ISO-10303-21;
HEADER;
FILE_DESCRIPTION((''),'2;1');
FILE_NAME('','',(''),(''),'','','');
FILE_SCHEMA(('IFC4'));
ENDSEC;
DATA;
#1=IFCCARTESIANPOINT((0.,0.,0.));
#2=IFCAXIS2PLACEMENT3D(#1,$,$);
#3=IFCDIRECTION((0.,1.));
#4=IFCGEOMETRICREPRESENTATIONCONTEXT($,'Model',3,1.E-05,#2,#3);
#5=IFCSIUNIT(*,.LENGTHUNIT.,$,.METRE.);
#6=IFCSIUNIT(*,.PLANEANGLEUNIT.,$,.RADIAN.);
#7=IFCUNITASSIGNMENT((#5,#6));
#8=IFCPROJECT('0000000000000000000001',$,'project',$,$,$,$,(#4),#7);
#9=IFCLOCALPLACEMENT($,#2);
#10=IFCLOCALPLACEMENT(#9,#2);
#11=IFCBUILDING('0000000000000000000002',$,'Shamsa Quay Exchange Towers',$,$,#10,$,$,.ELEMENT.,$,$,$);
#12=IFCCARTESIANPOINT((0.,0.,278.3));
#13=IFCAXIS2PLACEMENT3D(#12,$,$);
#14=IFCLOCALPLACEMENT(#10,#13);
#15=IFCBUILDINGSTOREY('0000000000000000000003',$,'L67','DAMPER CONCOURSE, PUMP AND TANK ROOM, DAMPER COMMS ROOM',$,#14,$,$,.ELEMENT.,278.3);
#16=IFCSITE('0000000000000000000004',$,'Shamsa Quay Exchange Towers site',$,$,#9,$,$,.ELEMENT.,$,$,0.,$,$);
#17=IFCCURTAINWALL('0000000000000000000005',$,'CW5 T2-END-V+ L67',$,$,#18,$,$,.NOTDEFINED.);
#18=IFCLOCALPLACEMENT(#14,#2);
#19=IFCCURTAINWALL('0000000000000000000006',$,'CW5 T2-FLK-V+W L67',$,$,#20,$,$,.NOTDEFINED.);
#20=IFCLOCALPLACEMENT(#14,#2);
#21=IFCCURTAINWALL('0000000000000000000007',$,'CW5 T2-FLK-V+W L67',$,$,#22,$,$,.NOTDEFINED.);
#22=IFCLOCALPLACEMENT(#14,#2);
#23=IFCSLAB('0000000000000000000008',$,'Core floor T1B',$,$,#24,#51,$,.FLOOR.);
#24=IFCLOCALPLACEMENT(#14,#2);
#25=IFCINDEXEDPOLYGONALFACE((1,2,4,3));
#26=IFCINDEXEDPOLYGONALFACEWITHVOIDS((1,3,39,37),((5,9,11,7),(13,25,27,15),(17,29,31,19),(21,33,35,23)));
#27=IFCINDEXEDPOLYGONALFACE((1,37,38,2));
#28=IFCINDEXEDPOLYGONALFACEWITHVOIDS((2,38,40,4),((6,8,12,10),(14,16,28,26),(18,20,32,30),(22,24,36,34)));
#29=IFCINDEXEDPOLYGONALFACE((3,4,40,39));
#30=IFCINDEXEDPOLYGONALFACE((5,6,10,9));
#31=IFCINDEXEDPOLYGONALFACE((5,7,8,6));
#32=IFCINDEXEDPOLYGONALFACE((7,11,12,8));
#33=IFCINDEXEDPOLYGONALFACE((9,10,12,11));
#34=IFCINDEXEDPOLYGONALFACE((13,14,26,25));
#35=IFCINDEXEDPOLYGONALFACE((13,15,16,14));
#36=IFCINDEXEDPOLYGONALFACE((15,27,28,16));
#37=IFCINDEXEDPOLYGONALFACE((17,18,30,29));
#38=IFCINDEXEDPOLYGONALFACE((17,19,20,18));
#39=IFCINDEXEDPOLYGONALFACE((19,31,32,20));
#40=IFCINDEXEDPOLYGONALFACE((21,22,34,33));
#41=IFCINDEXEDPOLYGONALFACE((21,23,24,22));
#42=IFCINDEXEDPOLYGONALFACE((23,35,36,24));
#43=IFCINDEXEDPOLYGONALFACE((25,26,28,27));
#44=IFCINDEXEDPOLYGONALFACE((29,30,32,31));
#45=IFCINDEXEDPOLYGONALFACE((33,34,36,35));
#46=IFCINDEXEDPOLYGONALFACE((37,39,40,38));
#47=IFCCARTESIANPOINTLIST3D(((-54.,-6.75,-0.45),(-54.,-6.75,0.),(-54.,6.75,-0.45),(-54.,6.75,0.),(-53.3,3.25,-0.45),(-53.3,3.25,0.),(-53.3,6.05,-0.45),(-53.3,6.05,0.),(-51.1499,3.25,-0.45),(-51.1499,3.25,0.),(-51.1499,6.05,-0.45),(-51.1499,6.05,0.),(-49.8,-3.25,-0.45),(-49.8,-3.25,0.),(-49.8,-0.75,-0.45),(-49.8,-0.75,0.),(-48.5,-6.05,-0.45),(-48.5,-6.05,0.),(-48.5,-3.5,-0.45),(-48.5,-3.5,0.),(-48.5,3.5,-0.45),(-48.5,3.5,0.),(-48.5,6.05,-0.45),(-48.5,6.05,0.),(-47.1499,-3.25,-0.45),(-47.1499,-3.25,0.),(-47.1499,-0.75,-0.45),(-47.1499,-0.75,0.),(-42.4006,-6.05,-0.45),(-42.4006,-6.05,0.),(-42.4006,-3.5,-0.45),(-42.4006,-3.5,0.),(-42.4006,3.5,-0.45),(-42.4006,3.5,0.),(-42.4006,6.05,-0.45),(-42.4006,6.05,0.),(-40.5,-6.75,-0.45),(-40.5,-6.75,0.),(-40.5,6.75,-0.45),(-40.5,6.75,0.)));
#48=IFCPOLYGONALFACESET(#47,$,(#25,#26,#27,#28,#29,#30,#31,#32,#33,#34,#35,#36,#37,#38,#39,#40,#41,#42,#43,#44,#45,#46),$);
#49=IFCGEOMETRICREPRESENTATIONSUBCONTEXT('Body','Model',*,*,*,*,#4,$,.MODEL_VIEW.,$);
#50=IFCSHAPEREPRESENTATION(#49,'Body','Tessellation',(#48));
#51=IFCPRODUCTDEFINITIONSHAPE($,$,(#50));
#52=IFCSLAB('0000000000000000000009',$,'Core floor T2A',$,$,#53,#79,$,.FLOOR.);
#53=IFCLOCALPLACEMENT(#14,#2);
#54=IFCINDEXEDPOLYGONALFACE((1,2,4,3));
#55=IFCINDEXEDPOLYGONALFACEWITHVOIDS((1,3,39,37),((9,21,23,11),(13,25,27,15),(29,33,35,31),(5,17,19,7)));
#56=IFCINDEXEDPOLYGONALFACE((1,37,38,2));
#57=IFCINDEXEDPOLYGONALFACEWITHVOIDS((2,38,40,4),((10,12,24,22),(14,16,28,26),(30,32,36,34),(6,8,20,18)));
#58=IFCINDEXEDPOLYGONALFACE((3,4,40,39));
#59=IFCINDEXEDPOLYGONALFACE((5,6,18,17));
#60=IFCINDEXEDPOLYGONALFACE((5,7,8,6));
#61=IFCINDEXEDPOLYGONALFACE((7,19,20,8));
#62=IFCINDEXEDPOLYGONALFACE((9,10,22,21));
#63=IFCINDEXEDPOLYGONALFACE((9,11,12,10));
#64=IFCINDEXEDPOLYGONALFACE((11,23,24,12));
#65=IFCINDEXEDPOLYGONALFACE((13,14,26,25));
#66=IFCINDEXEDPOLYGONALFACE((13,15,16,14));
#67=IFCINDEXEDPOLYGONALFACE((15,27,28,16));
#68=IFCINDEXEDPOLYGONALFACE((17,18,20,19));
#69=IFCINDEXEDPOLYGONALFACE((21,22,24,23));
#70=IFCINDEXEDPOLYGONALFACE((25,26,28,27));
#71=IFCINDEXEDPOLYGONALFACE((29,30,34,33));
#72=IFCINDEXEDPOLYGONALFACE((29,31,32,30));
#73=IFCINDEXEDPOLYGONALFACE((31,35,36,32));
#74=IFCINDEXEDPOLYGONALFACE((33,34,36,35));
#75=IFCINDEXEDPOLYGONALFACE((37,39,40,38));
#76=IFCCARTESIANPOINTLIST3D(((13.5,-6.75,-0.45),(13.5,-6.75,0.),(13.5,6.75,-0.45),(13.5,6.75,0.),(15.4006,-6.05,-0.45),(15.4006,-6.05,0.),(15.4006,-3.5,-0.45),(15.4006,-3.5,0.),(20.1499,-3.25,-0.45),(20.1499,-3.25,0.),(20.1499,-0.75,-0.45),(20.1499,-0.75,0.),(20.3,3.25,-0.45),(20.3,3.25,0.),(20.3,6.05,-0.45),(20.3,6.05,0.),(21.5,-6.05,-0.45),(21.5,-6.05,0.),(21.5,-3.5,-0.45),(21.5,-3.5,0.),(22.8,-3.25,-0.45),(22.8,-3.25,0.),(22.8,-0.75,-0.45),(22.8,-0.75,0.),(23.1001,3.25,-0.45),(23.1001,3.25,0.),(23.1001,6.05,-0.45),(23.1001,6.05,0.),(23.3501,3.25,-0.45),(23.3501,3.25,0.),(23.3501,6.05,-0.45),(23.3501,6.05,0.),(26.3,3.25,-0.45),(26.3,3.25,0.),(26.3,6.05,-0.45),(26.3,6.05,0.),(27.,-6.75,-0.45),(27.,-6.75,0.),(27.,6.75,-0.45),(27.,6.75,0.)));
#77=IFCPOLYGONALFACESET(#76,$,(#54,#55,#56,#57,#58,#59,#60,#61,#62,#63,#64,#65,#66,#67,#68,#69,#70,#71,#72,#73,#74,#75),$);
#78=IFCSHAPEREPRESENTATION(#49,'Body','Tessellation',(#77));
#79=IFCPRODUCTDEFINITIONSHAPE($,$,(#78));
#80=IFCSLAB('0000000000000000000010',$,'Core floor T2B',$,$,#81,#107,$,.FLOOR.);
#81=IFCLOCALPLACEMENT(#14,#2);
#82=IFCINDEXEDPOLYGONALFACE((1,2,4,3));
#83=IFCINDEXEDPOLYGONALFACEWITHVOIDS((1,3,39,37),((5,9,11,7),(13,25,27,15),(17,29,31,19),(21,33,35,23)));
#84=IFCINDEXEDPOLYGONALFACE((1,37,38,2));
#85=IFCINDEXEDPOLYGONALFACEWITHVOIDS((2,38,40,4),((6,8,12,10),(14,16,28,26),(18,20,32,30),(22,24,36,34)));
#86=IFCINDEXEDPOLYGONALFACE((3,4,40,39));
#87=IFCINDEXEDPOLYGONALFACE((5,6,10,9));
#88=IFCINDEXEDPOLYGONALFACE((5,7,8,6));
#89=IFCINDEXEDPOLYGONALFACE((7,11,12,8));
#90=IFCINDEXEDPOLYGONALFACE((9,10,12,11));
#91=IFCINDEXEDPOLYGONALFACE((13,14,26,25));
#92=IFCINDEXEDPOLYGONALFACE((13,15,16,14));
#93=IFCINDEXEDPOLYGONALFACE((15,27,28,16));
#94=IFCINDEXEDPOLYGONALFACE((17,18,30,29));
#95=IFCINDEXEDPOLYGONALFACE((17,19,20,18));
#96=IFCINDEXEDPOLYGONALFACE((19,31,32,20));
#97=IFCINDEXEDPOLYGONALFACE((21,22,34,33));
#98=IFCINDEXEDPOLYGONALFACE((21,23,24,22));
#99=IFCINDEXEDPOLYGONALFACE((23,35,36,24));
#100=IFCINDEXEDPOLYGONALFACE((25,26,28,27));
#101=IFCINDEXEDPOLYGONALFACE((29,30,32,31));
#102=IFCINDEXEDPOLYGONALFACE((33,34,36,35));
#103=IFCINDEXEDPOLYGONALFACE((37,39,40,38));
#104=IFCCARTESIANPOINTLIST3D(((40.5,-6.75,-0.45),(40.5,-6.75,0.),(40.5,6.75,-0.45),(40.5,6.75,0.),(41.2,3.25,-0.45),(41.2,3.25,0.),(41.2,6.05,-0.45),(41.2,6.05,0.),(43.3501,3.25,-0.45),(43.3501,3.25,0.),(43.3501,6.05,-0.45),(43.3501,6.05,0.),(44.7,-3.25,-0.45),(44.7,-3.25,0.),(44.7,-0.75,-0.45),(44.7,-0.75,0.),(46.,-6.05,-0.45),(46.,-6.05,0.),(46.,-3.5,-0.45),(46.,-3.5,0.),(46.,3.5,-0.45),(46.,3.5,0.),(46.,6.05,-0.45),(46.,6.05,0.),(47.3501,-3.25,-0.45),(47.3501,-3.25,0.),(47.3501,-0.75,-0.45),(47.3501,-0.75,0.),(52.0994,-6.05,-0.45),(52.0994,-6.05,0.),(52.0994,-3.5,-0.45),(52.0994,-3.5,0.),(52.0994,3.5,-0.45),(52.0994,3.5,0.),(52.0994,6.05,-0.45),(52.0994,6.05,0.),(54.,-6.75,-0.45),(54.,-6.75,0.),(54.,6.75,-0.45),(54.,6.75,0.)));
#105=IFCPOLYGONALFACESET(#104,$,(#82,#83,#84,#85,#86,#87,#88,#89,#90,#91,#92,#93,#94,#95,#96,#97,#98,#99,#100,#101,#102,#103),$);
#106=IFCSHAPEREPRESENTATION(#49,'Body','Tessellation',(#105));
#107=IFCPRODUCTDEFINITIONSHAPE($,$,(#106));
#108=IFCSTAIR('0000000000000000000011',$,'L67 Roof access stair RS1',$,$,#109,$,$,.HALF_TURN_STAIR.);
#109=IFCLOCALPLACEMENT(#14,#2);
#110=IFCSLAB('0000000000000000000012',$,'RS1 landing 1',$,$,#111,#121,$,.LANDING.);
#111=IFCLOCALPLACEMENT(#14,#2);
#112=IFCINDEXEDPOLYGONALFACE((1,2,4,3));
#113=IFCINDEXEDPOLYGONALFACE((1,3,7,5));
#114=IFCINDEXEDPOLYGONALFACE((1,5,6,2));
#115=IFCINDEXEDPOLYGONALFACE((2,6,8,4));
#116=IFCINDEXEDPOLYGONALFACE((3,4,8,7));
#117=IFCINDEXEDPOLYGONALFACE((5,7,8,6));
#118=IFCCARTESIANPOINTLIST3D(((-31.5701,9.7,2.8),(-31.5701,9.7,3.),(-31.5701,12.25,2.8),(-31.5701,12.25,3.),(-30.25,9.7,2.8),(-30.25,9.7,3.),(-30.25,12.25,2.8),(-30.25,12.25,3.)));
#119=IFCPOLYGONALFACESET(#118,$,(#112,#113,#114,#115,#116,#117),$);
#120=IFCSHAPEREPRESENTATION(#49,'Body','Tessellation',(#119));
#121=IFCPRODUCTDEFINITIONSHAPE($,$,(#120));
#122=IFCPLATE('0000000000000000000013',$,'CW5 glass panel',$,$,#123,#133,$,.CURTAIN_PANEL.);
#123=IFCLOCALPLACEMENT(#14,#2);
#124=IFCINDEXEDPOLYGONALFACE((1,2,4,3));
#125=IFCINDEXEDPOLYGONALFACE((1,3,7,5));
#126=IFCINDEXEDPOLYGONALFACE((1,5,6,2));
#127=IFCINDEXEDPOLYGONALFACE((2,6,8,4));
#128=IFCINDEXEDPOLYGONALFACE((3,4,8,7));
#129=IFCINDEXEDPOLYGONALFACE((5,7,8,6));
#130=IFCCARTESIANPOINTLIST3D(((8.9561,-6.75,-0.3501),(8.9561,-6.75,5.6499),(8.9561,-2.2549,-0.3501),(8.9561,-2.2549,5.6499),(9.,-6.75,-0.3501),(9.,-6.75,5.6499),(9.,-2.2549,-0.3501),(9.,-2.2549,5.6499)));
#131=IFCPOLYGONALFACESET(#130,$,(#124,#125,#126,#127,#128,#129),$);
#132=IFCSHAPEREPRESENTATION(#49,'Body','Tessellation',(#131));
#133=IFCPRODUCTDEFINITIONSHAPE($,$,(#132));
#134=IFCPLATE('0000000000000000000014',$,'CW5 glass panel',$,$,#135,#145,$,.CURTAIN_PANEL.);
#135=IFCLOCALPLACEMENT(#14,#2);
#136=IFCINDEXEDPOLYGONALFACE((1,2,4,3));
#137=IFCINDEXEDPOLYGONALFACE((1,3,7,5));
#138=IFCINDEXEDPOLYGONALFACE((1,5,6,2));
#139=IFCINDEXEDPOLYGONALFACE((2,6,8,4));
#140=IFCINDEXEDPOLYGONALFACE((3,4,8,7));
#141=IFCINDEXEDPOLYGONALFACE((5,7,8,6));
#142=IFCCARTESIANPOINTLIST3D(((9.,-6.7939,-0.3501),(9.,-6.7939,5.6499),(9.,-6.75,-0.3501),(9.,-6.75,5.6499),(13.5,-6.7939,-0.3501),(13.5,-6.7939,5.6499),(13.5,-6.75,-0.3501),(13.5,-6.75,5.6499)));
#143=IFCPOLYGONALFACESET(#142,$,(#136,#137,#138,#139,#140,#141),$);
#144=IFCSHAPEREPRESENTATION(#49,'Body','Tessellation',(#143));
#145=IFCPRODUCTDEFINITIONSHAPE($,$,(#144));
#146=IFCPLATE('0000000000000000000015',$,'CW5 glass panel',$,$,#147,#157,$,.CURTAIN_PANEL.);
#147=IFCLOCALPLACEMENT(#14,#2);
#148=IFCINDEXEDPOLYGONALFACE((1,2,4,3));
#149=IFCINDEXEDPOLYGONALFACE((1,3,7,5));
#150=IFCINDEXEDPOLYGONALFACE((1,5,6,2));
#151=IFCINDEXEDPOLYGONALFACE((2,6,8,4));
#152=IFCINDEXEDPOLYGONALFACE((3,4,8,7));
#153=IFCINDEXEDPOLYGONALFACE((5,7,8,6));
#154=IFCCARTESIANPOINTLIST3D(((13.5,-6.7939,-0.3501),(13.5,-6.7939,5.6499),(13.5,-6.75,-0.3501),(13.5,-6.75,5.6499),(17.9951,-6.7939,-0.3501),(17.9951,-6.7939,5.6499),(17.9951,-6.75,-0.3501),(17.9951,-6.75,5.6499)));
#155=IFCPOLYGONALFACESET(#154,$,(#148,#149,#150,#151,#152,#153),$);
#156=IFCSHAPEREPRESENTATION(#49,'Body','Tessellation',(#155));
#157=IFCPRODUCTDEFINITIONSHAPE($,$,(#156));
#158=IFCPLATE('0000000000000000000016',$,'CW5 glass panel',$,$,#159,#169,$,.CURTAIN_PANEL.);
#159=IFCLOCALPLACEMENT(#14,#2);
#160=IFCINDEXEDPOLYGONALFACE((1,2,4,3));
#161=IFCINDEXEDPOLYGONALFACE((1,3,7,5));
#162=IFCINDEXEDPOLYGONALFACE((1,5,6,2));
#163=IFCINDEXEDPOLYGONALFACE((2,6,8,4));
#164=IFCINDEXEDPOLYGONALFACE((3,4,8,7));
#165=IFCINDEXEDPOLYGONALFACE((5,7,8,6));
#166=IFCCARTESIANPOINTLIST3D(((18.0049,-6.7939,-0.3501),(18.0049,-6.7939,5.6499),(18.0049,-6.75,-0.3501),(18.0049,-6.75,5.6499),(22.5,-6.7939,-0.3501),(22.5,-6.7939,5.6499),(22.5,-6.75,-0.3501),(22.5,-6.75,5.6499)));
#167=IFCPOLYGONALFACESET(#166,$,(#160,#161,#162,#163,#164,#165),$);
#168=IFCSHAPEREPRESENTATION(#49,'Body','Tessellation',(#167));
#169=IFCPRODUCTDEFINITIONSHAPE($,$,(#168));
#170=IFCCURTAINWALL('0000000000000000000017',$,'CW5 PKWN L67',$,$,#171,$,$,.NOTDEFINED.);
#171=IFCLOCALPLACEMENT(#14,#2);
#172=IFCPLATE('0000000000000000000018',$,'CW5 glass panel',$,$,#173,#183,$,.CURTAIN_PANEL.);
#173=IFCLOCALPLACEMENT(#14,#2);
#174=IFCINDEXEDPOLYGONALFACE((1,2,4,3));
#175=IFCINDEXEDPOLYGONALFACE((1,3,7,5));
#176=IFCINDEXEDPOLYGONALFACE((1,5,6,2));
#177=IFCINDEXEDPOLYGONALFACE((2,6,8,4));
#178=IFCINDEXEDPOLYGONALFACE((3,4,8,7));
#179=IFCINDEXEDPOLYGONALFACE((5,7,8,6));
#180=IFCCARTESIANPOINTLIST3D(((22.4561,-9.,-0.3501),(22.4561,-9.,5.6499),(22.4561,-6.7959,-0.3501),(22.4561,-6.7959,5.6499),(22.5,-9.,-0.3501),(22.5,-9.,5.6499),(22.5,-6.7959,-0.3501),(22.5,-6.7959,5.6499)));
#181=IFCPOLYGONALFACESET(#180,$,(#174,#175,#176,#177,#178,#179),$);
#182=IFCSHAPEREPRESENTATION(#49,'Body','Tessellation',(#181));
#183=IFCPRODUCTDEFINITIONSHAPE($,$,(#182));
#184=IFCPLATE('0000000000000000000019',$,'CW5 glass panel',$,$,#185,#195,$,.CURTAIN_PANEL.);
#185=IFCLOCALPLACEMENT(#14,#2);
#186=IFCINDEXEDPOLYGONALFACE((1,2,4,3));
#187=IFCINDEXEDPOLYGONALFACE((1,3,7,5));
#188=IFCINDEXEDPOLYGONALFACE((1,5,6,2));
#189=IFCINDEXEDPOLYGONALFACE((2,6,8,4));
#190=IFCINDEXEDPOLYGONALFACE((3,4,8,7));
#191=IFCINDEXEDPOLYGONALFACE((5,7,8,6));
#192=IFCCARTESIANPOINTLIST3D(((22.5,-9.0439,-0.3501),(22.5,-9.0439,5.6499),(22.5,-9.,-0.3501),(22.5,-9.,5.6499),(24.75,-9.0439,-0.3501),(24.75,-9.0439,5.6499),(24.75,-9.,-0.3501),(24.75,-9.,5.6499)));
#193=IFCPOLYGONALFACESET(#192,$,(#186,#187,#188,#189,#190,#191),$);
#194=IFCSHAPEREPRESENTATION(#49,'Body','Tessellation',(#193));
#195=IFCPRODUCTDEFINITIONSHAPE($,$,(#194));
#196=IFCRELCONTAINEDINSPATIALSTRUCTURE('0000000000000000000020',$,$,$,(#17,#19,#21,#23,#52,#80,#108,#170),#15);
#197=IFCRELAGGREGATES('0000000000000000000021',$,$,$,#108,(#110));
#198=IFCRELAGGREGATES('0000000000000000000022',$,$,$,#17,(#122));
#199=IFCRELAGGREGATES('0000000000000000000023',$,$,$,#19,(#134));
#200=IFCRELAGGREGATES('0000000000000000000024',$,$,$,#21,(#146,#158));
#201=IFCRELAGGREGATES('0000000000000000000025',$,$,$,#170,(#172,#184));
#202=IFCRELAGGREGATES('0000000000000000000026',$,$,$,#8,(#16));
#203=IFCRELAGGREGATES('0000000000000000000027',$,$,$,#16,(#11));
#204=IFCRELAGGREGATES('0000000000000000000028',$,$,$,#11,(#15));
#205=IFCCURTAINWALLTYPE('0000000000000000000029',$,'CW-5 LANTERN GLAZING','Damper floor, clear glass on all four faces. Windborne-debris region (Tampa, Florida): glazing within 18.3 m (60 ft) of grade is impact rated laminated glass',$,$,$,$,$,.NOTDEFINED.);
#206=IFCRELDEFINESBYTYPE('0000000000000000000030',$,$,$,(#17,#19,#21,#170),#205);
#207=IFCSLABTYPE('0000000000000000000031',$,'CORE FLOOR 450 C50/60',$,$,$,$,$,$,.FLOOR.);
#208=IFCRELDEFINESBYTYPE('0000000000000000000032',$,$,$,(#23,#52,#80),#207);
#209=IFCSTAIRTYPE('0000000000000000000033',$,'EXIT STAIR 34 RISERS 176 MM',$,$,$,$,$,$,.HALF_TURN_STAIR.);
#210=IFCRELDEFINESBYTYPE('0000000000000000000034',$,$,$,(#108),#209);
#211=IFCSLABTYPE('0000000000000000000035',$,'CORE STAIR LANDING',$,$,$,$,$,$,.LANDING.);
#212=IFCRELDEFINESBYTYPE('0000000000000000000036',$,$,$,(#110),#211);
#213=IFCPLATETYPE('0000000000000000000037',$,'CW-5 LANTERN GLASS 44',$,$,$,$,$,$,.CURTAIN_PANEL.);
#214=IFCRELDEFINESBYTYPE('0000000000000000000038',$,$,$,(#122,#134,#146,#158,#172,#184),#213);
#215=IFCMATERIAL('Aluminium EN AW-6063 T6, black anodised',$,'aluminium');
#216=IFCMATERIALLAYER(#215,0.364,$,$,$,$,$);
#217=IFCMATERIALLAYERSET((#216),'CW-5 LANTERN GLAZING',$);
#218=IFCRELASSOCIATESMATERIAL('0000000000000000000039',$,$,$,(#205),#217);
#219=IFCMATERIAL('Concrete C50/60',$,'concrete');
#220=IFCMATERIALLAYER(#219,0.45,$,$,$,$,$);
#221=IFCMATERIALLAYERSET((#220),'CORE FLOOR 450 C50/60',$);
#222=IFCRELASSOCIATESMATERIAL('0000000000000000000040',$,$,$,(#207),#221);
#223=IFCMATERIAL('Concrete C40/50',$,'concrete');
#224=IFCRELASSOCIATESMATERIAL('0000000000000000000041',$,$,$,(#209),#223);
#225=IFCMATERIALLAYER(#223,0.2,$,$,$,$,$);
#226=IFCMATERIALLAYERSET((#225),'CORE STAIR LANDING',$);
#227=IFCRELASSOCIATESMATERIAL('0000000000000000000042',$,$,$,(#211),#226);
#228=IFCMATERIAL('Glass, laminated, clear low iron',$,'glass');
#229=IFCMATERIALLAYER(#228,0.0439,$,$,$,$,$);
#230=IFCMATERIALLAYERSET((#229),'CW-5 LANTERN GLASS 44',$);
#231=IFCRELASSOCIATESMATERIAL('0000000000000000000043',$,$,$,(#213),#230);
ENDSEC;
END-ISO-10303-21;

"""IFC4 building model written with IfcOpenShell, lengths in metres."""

from ifc_helpers import new_model, si_unit, direction, frame, origin, origin_2d, place, context, subcontext, project, spatial, polyline, rectangle, outline, extrude, material, layer, layer_set, type_object, element, aggregate, save


model = new_model("IFC4")

# Units and contexts
model_context = context("Model", 3, precision=1e-05, world=origin(), true_north=direction((0.0, 1.0)))
body_context = subcontext(model_context, "Body", "Model", "MODEL_VIEW")
ifc_project = project(units=[si_unit("LENGTHUNIT", "METRE"), si_unit("PLANEANGLEUNIT", "RADIAN")], contexts=[model_context])

# Site, building, storey
site_placement = place(None, origin())
site = spatial("IfcSite", under=ifc_project, at=site_placement, Name="Shamsa Quay Exchange Towers site", CompositionType="ELEMENT", RefElevation=0.0)
building_placement = place(site_placement, origin())
building = spatial("IfcBuilding", under=site, at=building_placement, Name="Shamsa Quay Exchange Towers", CompositionType="ELEMENT")
storey_placement = place(building_placement, frame((0.0, 0.0, 278.3)))
storey = spatial("IfcBuildingStorey", under=building, at=storey_placement, Name="L67", Description="DAMPER CONCOURSE, PUMP AND TANK ROOM, DAMPER COMMS ROOM", CompositionType="ELEMENT", Elevation=278.3)

# Curtain walls
ifc_material_1 = material(Name="Aluminium EN AW-6063 T6, black anodised", Category="aluminium")
ifc_layer_1 = layer(ifc_material_1, 0.364)
ifc_layer_set_1 = layer_set([ifc_layer_1], Name="CW-5 LANTERN GLAZING")
curtain_wall_type = type_object("IfcCurtainWallType", Name="CW-5 LANTERN GLAZING", Description="Damper floor, clear glass on all four faces. Windborne-debris region (Tampa, Florida): glazing within 18.3 m (60 ft) of grade is impact rated laminated glass", PredefinedType="NOTDEFINED", material=ifc_layer_set_1)
curtain_wall_1_placement = place(storey_placement, origin())
curtain_wall_1 = element("IfcCurtainWall", 1, at=curtain_wall_1_placement, inside=storey, type_object=curtain_wall_type, Name="CW5 T2-END-V+ L67", PredefinedType="NOTDEFINED")
curtain_wall_2_placement = place(storey_placement, origin())
curtain_wall_2 = element("IfcCurtainWall", 2, at=curtain_wall_2_placement, inside=storey, type_object=curtain_wall_type, Name="CW5 T2-FLK-V+W L67", PredefinedType="NOTDEFINED")
curtain_wall_3_placement = place(storey_placement, origin())
curtain_wall_3 = element("IfcCurtainWall", 3, at=curtain_wall_3_placement, inside=storey, type_object=curtain_wall_type, Name="CW5 T2-FLK-V+W L67", PredefinedType="NOTDEFINED")

# Slabs
ifc_material_2 = material(Name="Concrete C50/60", Category="concrete")
ifc_layer_2 = layer(ifc_material_2, 0.45)
ifc_layer_set_2 = layer_set([ifc_layer_2], Name="CORE FLOOR 450 C50/60")
slab_type_1 = type_object("IfcSlabType", Name="CORE FLOOR 450 C50/60", PredefinedType="FLOOR", material=ifc_layer_set_2)
slab_1_placement = place(storey_placement, frame((0.0, 0.0, -0.45)))
element("IfcSlab", 4, at=slab_1_placement, inside=storey, type_object=slab_type_1, Name="Core floor T1B", PredefinedType="FLOOR", context=body_context, shape_type="SweptSolid", body=[
    extrude(outline(polyline([(-40.5, -6.75), (-40.5, 6.75), (-54.0, 6.75), (-54.0, -6.75), (-40.5, -6.75)]), holes=[polyline([(-42.4006, -3.5), (-42.4006, -6.05), (-48.5, -6.05), (-48.5, -3.5), (-42.4006, -3.5)]), polyline([(-42.4006, 6.05), (-42.4006, 3.5), (-48.5, 3.5), (-48.5, 6.05), (-42.4006, 6.05)]), polyline([(-51.1499, 3.25), (-53.3, 3.25), (-53.3, 6.05), (-51.1499, 6.05), (-51.1499, 3.25)]), polyline([(-47.1499, -3.25), (-49.8, -3.25), (-49.8, -0.75), (-47.1499, -0.75), (-47.1499, -3.25)])]), origin(), (0.0, 0.0, 1.0), 0.45),
])
slab_2_placement = place(storey_placement, frame((0.0, 0.0, -0.45)))
element("IfcSlab", 5, at=slab_2_placement, inside=storey, type_object=slab_type_1, Name="Core floor T2A", PredefinedType="FLOOR", context=body_context, shape_type="SweptSolid", body=[
    extrude(outline(polyline([(13.5, -6.75), (27.0, -6.75), (27.0, 6.75), (13.5, 6.75), (13.5, -6.75)]), holes=[polyline([(15.4006, -6.05), (15.4006, -3.5), (21.5, -3.5), (21.5, -6.05), (15.4006, -6.05)]), polyline([(20.3, 3.25), (20.3, 6.05), (23.1001, 6.05), (23.1001, 3.25), (20.3, 3.25)]), polyline([(23.3501, 3.25), (23.3501, 6.05), (26.3, 6.05), (26.3, 3.25), (23.3501, 3.25)]), polyline([(20.1499, -3.25), (20.1499, -0.75), (22.8, -0.75), (22.8, -3.25), (20.1499, -3.25)])]), origin(), (0.0, 0.0, 1.0), 0.45),
])
slab_3_placement = place(storey_placement, frame((0.0, 0.0, -0.45)))
element("IfcSlab", 6, at=slab_3_placement, inside=storey, type_object=slab_type_1, Name="Core floor T2B", PredefinedType="FLOOR", context=body_context, shape_type="SweptSolid", body=[
    extrude(outline(polyline([(54.0, -6.75), (54.0, 6.75), (40.5, 6.75), (40.5, -6.75), (54.0, -6.75)]), holes=[polyline([(52.0994, -3.5), (52.0994, -6.05), (46.0, -6.05), (46.0, -3.5), (52.0994, -3.5)]), polyline([(52.0994, 6.05), (52.0994, 3.5), (46.0, 3.5), (46.0, 6.05), (52.0994, 6.05)]), polyline([(43.3501, 3.25), (41.2, 3.25), (41.2, 6.05), (43.3501, 6.05), (43.3501, 3.25)]), polyline([(47.3501, -3.25), (44.7, -3.25), (44.7, -0.75), (47.3501, -0.75), (47.3501, -3.25)])]), origin(), (0.0, 0.0, 1.0), 0.45),
])

# Stair, slab
ifc_material_3 = material(Name="Concrete C40/50", Category="concrete")
stair_type = type_object("IfcStairType", Name="EXIT STAIR 34 RISERS 176 MM", PredefinedType="HALF_TURN_STAIR", material=ifc_material_3)
stair_placement = place(storey_placement, origin())
stair = element("IfcStair", 7, at=stair_placement, inside=storey, type_object=stair_type, Name="L67 Roof access stair RS1", PredefinedType="HALF_TURN_STAIR")
ifc_layer_3 = layer(ifc_material_3, 0.2)
ifc_layer_set_3 = layer_set([ifc_layer_3], Name="CORE STAIR LANDING")
slab_type_2 = type_object("IfcSlabType", Name="CORE STAIR LANDING", PredefinedType="LANDING", material=ifc_layer_set_3)
slab_4_placement = place(storey_placement, frame((0.0, 0.0, 2.8)))
slab_4 = element("IfcSlab", 8, at=slab_4_placement, type_object=slab_type_2, Name="RS1 landing 1", PredefinedType="LANDING", context=body_context, shape_type="SweptSolid", body=[
    extrude(outline(polyline([(-31.5701, 9.7), (-30.25, 9.7), (-30.25, 12.25), (-31.5701, 12.25), (-31.5701, 9.7)])), origin(), (0.0, 0.0, 1.0), 0.2),
])
aggregate(stair, [slab_4])

# Plates
ifc_material_4 = material(Name="Glass, laminated, clear low iron", Category="glass")
ifc_layer_4 = layer(ifc_material_4, 0.0439)
ifc_layer_set_4 = layer_set([ifc_layer_4], Name="CW-5 LANTERN GLASS 44")
plate_type = type_object("IfcPlateType", Name="CW-5 LANTERN GLASS 44", PredefinedType="CURTAIN_PANEL", material=ifc_layer_set_4)
plate_1_placement = place(storey_placement, frame((8.978, -4.5024, -0.3501), z_axis=(0.0, 0.0, 1.0), x_axis=(0.0, -1.0, 0.0)))
plate_1 = element("IfcPlate", 9, at=plate_1_placement, type_object=plate_type, Name="CW5 glass panel", PredefinedType="CURTAIN_PANEL", context=body_context, shape_type="SweptSolid", body=[
    extrude(rectangle(XDim=4.4951, YDim=0.0439, at=origin_2d()), origin(), (0.0, 0.0, 1.0), 6.0),
])
aggregate(curtain_wall_1, [plate_1])
plate_2_placement = place(storey_placement, frame((11.25, -6.772, -0.3501)))
plate_2 = element("IfcPlate", 10, at=plate_2_placement, type_object=plate_type, Name="CW5 glass panel", PredefinedType="CURTAIN_PANEL", context=body_context, shape_type="SweptSolid", body=[
    extrude(rectangle(XDim=4.5, YDim=0.0439, at=origin_2d()), origin(), (0.0, 0.0, 1.0), 6.0),
])
aggregate(curtain_wall_2, [plate_2])
plate_3_placement = place(storey_placement, frame((15.7476, -6.772, -0.3501)))
plate_3 = element("IfcPlate", 11, at=plate_3_placement, type_object=plate_type, Name="CW5 glass panel", PredefinedType="CURTAIN_PANEL", context=body_context, shape_type="SweptSolid", body=[
    extrude(rectangle(XDim=4.4951, YDim=0.0439, at=origin_2d()), origin(), (0.0, 0.0, 1.0), 6.0),
])
plate_4_placement = place(storey_placement, frame((20.2524, -6.772, -0.3501)))
plate_4 = element("IfcPlate", 12, at=plate_4_placement, type_object=plate_type, Name="CW5 glass panel", PredefinedType="CURTAIN_PANEL", context=body_context, shape_type="SweptSolid", body=[
    extrude(rectangle(XDim=4.4951, YDim=0.0439, at=origin_2d()), origin(), (0.0, 0.0, 1.0), 6.0),
])
aggregate(curtain_wall_3, [plate_3, plate_4])

# Curtain wall, plates
curtain_wall_4_placement = place(storey_placement, origin())
curtain_wall_4 = element("IfcCurtainWall", 13, at=curtain_wall_4_placement, inside=storey, type_object=curtain_wall_type, Name="CW5 PKWN L67", PredefinedType="NOTDEFINED")
plate_5_placement = place(storey_placement, frame((22.478, -7.8979, -0.3501), z_axis=(0.0, 0.0, 1.0), x_axis=(0.0, -1.0, 0.0)))
plate_5 = element("IfcPlate", 14, at=plate_5_placement, type_object=plate_type, Name="CW5 glass panel", PredefinedType="CURTAIN_PANEL", context=body_context, shape_type="SweptSolid", body=[
    extrude(rectangle(XDim=2.2041, YDim=0.0439, at=origin_2d()), origin(), (0.0, 0.0, 1.0), 6.0),
])
plate_6_placement = place(storey_placement, frame((23.625, -9.022, -0.3501)))
plate_6 = element("IfcPlate", 15, at=plate_6_placement, type_object=plate_type, Name="CW5 glass panel", PredefinedType="CURTAIN_PANEL", context=body_context, shape_type="SweptSolid", body=[
    extrude(rectangle(XDim=2.25, YDim=0.0439, at=origin_2d()), origin(), (0.0, 0.0, 1.0), 6.0),
])
aggregate(curtain_wall_4, [plate_5, plate_6])

save(model, "model.ifc")
